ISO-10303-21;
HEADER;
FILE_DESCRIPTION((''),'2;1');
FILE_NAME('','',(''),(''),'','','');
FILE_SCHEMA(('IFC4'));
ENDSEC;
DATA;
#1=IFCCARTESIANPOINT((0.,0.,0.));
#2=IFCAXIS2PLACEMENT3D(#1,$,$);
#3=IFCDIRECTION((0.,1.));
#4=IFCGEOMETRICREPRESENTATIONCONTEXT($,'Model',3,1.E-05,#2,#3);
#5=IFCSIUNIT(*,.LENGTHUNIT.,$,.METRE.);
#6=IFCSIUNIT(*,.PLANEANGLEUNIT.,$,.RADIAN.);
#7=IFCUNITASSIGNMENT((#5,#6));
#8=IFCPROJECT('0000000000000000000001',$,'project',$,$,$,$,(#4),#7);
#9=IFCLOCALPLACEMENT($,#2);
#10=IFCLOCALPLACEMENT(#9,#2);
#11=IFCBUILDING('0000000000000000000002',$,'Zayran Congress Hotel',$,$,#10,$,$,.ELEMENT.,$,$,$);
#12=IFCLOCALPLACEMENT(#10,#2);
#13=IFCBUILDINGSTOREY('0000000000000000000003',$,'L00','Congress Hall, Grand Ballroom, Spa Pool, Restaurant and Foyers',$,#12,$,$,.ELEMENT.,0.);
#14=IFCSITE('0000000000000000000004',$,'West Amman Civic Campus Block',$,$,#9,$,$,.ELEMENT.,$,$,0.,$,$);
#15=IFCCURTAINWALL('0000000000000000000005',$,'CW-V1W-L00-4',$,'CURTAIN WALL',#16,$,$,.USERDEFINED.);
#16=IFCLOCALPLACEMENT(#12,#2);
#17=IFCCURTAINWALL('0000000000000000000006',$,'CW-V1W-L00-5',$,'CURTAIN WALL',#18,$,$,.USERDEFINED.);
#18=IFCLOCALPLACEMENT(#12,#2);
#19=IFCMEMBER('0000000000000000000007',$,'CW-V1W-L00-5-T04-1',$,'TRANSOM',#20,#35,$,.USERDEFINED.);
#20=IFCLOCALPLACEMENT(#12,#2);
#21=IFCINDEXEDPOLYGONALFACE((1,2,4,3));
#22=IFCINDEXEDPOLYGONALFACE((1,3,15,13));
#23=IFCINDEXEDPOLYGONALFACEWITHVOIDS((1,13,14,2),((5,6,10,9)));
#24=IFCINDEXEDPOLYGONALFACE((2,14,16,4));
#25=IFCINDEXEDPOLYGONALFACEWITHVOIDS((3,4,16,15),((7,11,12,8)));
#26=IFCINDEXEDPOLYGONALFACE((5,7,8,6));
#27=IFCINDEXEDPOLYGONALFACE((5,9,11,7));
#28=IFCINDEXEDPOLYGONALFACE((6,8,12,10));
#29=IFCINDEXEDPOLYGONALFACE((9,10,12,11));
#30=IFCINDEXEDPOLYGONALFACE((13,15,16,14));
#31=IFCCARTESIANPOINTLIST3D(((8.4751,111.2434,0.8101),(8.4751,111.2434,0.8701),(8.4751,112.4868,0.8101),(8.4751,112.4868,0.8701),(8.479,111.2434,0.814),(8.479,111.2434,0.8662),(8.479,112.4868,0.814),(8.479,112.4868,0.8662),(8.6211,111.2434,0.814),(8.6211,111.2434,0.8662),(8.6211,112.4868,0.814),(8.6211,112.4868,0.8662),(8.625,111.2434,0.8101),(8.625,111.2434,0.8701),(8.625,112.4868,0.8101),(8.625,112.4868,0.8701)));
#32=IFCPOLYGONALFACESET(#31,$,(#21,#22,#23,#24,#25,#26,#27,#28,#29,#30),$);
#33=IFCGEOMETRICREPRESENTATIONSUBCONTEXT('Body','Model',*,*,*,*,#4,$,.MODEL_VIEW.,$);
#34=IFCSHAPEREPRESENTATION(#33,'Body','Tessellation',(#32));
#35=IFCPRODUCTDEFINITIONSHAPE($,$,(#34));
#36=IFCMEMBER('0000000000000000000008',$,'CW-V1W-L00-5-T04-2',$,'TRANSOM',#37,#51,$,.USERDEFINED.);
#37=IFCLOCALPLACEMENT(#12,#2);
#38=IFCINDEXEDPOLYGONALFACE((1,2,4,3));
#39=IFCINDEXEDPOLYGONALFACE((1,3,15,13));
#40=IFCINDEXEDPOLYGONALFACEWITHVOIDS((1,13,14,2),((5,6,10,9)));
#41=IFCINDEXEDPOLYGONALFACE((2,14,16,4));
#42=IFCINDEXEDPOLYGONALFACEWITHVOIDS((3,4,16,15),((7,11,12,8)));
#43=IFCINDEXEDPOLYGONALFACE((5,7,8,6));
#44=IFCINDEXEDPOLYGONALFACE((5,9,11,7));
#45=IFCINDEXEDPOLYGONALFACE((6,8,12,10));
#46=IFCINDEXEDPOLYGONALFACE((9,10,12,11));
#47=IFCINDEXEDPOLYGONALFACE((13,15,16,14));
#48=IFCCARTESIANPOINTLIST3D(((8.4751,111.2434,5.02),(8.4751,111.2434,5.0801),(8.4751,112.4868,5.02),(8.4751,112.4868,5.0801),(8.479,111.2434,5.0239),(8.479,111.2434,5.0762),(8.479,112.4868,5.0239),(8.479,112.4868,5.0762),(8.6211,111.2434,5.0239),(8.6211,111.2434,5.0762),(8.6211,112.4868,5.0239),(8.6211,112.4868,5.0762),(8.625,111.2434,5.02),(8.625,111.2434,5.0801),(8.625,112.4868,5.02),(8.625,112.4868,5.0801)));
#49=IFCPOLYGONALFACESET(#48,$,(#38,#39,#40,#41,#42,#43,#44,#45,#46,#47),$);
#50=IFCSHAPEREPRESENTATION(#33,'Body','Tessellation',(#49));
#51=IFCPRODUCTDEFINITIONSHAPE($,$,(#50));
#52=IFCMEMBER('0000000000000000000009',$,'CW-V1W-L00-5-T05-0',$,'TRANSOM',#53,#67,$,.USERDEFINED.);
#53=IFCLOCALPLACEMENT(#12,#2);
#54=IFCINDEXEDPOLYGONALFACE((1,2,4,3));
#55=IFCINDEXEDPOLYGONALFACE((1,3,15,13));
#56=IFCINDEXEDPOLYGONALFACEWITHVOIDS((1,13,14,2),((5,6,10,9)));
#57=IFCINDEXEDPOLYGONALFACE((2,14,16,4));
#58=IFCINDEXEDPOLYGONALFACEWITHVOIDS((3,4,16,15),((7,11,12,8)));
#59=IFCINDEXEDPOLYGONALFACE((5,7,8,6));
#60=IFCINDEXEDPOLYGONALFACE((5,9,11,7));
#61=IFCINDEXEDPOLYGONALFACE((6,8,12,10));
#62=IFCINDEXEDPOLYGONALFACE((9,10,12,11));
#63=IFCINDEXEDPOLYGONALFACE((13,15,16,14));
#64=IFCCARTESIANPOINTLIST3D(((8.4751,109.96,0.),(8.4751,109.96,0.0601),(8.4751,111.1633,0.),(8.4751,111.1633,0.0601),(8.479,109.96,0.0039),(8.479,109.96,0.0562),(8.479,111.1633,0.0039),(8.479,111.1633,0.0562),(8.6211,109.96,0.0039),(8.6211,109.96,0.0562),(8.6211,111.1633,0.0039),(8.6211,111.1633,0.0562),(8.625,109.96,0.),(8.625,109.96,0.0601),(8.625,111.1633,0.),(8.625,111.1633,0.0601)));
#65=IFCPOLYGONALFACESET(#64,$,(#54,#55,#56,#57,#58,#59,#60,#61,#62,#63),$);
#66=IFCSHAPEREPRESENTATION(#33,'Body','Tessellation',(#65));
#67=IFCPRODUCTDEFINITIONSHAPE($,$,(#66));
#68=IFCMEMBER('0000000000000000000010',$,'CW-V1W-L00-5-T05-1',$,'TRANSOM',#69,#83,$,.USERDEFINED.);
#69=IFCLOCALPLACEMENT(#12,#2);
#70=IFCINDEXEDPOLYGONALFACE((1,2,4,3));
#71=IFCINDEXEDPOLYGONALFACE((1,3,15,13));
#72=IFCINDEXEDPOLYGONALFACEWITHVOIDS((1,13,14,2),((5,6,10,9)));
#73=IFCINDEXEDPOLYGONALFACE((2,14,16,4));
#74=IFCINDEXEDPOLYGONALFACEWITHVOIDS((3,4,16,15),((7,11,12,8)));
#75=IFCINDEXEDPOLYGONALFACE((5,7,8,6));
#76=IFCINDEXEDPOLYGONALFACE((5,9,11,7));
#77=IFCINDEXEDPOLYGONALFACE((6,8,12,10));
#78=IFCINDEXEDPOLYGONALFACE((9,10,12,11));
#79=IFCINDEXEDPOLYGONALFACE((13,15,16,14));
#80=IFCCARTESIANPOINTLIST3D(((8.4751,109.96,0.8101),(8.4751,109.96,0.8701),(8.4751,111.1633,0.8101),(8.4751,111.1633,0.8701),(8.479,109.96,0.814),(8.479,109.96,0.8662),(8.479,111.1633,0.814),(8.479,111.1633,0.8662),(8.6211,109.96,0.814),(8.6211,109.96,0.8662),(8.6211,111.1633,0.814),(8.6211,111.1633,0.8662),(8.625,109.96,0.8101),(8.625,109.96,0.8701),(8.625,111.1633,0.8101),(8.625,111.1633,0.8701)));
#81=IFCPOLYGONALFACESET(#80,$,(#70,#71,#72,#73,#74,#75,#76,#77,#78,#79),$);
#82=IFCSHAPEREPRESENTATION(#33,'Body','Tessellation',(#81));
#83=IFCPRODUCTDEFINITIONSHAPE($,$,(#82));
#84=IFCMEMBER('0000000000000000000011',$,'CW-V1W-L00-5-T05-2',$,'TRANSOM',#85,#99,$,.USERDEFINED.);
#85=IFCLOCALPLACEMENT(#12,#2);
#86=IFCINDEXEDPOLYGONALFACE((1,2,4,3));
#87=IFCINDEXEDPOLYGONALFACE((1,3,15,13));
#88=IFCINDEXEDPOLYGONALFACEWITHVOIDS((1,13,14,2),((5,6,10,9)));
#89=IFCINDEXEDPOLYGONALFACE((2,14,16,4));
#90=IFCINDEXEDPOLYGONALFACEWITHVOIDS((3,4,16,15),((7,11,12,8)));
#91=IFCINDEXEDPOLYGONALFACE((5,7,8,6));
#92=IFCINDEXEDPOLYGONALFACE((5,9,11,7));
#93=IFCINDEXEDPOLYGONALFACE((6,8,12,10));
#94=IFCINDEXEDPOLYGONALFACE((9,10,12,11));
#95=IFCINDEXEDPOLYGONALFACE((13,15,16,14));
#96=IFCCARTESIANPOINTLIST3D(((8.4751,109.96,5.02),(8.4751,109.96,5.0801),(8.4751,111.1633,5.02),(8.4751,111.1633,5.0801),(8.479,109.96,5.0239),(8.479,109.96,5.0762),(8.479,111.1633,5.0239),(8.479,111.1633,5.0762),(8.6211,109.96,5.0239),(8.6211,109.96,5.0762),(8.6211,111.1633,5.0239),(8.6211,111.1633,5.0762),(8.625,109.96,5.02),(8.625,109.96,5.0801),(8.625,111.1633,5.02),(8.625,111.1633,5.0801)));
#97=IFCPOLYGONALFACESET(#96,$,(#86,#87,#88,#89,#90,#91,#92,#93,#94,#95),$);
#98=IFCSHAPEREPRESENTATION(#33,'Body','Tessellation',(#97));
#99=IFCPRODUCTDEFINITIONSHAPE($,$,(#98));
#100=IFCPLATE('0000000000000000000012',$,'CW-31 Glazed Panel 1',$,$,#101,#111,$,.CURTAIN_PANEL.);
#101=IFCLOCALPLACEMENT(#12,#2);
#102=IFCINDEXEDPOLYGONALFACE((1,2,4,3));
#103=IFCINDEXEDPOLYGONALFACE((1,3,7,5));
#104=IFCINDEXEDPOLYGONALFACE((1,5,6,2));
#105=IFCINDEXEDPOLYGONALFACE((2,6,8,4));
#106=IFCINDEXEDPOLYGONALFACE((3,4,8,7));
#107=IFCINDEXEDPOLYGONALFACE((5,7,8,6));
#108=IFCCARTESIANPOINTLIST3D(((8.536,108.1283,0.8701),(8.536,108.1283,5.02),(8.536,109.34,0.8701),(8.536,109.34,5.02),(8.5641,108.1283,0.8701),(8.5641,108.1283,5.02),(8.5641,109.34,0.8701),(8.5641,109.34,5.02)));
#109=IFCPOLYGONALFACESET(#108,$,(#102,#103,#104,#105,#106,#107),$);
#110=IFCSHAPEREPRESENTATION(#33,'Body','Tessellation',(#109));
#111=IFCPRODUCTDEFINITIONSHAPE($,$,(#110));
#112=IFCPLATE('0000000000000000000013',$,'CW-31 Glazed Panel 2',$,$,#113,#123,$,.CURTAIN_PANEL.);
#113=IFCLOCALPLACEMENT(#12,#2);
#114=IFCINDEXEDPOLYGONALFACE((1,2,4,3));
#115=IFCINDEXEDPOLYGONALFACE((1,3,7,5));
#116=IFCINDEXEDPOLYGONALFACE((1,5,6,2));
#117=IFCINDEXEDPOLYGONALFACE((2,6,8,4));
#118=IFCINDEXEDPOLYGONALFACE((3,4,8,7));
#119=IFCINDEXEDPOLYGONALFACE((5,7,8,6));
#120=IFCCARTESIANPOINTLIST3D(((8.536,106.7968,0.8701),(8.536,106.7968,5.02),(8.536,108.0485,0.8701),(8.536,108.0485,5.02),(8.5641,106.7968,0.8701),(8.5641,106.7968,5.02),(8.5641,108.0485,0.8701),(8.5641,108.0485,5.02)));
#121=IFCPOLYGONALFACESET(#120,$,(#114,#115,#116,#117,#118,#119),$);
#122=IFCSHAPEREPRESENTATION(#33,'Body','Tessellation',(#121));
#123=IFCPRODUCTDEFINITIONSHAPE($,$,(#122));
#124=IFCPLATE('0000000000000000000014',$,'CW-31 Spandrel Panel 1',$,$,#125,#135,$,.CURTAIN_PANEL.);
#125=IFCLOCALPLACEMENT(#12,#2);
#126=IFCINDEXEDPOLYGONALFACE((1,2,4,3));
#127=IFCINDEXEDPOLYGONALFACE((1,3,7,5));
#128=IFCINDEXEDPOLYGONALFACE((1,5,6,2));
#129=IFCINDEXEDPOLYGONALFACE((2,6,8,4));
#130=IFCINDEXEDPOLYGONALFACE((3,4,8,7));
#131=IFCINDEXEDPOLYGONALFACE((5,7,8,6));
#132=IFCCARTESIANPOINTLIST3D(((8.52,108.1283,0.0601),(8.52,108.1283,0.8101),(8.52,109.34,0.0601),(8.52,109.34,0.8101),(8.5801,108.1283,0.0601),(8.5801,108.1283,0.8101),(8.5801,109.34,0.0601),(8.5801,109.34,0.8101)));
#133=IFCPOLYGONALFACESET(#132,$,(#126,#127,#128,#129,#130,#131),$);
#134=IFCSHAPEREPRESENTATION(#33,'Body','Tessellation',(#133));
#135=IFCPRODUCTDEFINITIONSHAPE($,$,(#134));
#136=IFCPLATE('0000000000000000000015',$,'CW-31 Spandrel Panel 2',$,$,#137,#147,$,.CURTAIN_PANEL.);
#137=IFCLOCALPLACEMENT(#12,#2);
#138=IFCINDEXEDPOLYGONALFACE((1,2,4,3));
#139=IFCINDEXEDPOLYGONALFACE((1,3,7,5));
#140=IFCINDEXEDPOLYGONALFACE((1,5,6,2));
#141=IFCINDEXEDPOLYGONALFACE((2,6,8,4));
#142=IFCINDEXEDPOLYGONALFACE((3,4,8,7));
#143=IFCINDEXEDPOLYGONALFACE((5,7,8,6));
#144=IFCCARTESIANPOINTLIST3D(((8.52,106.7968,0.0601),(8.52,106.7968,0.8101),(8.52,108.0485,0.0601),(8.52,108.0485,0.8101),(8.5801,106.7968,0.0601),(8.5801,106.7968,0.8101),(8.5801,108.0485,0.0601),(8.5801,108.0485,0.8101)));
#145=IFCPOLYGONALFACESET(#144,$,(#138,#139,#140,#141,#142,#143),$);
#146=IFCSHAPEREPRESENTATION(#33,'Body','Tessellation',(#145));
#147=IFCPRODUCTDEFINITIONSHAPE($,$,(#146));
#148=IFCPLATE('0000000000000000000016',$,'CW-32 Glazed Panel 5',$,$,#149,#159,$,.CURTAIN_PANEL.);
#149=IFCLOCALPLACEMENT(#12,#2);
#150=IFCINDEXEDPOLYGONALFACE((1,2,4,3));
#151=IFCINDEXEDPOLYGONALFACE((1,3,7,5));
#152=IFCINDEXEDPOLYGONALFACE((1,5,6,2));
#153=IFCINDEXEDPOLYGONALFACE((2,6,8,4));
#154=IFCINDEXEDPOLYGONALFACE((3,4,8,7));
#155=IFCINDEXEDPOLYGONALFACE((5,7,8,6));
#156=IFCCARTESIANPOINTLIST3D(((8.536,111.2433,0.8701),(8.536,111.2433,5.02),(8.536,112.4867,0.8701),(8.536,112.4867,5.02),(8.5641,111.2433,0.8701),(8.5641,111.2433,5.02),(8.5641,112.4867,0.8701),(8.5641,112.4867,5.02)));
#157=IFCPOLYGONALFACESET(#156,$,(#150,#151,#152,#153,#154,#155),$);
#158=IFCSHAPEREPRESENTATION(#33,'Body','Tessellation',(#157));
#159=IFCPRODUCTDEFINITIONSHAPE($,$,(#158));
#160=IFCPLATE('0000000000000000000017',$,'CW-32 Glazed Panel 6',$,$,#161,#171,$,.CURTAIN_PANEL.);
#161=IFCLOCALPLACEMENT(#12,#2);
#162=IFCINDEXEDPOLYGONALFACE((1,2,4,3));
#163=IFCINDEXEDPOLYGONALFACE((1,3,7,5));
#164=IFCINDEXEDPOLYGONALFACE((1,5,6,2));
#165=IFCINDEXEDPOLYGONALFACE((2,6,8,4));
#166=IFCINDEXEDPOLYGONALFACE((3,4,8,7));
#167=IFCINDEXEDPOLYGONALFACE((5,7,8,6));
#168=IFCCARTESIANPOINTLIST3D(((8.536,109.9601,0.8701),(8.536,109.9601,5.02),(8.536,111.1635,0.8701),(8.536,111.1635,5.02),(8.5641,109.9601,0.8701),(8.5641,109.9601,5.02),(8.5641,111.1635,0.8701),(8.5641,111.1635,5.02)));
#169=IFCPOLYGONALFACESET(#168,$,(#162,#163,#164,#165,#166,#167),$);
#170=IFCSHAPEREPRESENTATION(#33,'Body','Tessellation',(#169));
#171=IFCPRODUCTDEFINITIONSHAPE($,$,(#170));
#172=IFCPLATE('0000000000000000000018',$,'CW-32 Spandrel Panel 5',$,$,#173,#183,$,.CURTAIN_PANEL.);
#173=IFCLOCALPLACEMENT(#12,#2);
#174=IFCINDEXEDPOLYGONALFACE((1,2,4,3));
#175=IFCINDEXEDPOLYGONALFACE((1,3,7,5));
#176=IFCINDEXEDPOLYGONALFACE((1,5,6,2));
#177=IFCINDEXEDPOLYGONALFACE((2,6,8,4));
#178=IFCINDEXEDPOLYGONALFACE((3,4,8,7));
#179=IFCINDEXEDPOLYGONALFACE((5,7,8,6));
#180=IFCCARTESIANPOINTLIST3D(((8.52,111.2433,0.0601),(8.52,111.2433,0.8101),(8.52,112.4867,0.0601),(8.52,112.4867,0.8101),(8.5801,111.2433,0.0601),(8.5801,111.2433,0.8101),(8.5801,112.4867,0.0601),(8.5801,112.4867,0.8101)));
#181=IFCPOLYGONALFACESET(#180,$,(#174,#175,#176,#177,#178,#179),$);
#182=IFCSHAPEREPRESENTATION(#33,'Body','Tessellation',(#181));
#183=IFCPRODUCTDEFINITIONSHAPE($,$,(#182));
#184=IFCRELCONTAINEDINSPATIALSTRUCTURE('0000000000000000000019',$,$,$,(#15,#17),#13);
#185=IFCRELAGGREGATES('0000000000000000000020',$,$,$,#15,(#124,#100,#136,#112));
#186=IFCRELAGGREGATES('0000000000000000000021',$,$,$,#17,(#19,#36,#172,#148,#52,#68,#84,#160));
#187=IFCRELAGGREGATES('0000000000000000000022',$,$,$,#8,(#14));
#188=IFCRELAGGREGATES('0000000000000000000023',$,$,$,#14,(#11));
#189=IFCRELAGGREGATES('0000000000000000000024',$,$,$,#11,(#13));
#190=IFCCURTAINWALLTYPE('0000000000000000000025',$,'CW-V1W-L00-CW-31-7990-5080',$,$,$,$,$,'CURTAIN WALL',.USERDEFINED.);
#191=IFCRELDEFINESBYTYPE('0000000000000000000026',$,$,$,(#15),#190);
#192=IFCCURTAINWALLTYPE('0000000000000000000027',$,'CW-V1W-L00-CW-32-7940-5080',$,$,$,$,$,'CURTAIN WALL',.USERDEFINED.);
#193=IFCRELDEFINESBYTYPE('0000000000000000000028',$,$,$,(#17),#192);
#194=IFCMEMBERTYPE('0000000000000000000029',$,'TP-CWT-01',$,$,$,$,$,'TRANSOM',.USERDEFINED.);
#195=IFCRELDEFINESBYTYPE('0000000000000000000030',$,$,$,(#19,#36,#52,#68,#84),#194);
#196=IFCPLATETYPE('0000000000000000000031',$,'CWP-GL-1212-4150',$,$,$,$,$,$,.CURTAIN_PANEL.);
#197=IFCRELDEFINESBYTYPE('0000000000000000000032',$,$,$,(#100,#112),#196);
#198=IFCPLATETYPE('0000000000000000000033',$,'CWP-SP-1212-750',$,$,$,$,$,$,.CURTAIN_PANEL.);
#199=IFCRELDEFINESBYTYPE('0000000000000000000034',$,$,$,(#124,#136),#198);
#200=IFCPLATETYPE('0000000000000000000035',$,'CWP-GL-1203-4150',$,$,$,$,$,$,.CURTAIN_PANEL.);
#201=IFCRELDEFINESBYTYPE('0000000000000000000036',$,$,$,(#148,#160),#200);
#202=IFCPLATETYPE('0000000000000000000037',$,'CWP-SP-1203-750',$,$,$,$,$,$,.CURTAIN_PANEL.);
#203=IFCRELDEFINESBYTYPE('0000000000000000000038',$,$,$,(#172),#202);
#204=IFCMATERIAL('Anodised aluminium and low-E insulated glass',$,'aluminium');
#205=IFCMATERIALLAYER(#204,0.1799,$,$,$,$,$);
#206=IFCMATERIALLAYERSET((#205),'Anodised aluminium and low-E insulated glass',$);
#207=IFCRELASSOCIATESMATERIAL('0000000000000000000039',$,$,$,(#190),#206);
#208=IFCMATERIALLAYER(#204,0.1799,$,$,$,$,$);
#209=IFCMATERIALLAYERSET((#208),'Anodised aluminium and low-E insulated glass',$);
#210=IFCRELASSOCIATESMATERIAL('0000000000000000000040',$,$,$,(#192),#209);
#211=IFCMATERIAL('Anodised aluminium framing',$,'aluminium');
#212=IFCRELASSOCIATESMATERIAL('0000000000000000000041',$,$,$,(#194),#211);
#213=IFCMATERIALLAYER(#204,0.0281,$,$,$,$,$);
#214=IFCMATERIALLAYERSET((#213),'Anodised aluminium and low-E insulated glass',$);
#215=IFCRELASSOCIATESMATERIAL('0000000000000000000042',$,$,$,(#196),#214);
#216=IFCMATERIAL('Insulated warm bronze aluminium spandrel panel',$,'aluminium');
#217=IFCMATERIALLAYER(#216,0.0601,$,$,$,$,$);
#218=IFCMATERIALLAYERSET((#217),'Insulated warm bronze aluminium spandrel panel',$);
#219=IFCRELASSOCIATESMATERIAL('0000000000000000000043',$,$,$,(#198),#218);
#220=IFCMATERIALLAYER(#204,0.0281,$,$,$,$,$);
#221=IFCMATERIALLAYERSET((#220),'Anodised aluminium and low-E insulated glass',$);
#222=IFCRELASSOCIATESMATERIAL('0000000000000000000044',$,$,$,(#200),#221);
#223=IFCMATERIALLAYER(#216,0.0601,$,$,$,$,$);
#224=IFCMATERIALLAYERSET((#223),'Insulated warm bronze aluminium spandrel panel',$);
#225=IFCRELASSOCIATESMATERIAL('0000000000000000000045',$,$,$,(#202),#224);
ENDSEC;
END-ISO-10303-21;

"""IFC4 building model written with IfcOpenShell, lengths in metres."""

from ifc_helpers import new_model, si_unit, direction, frame, origin, origin_2d, place, context, subcontext, project, spatial, rectangle, hollow_rectangle, extrude, material, layer, layer_set, material_profile, profile_set, type_object, element, aggregate, save


model = new_model("IFC4")

# Units and contexts
model_context = context("Model", 3, precision=1e-05, world=origin(), true_north=direction((0.0, 1.0)))
body_context = subcontext(model_context, "Body", "Model", "MODEL_VIEW")
ifc_project = project(units=[si_unit("LENGTHUNIT", "METRE"), si_unit("PLANEANGLEUNIT", "RADIAN")], contexts=[model_context])

# Site, building, storey
site_placement = place(None, origin())
site = spatial("IfcSite", under=ifc_project, at=site_placement, Name="West Amman Civic Campus Block", CompositionType="ELEMENT", RefElevation=0.0)
building_placement = place(site_placement, origin())
building = spatial("IfcBuilding", under=site, at=building_placement, Name="Zayran Congress Hotel", CompositionType="ELEMENT")
storey_placement = place(building_placement, origin())
storey = spatial("IfcBuildingStorey", under=building, at=storey_placement, Name="L00", Description="Congress Hall, Grand Ballroom, Spa Pool, Restaurant and Foyers", CompositionType="ELEMENT", Elevation=0.0)

# Curtain walls
ifc_material_1 = material(Name="Anodised aluminium and low-E insulated glass", Category="aluminium")
ifc_layer_1 = layer(ifc_material_1, 0.1799)
ifc_layer_set_1 = layer_set([ifc_layer_1], Name="Anodised aluminium and low-E insulated glass")
curtain_wall_type_1 = type_object("IfcCurtainWallType", Name="CW-V1W-L00-CW-31-7990-5080", ElementType="CURTAIN WALL", PredefinedType="USERDEFINED", material=ifc_layer_set_1)
curtain_wall_1_placement = place(storey_placement, origin())
curtain_wall_1 = element("IfcCurtainWall", 1, at=curtain_wall_1_placement, inside=storey, type_object=curtain_wall_type_1, Name="CW-V1W-L00-4", ObjectType="CURTAIN WALL", PredefinedType="USERDEFINED")
ifc_material_2 = material(Name="Anodised aluminium framing", Category="aluminium")
ifc_layer_2 = layer(ifc_material_1, 0.1799)
ifc_layer_set_2 = layer_set([ifc_layer_2], Name="Anodised aluminium and low-E insulated glass")
curtain_wall_type_2 = type_object("IfcCurtainWallType", Name="CW-V1W-L00-CW-32-7940-5080", ElementType="CURTAIN WALL", PredefinedType="USERDEFINED", material=ifc_layer_set_2)
curtain_wall_2_placement = place(storey_placement, origin())
curtain_wall_2 = element("IfcCurtainWall", 2, at=curtain_wall_2_placement, inside=storey, type_object=curtain_wall_type_2, Name="CW-V1W-L00-5", ObjectType="CURTAIN WALL", PredefinedType="USERDEFINED")

# Members
ifc_material_profile_1 = material_profile(ifc_material_2, hollow_rectangle(XDim=0.0601, YDim=0.1499, WallThickness=0.0039, at=origin_2d()), Name="RHS 150x60x4")
ifc_profile_set_1 = profile_set([ifc_material_profile_1], Name="Anodised aluminium framing")
member_type_1 = type_object("IfcMemberType", Name="TP-CWT-01", ElementType="TRANSOM", PredefinedType="USERDEFINED", material=ifc_profile_set_1)
member_1_placement = place(storey_placement, frame((8.55, 112.4868, 0.8401), z_axis=(0.0, -1.0, 0.0), x_axis=(0.0, 0.0, 1.0)))
member_1 = element("IfcMember", 3, at=member_1_placement, type_object=member_type_1, Name="CW-V1W-L00-5-T04-1", ObjectType="TRANSOM", PredefinedType="USERDEFINED", context=body_context, shape_type="SweptSolid", body=[
    extrude(hollow_rectangle(XDim=0.0601, YDim=0.1499, WallThickness=0.0039, at=origin_2d()), origin(), (0.0, 0.0, 1.0), 1.2434),
])
member_2_placement = place(storey_placement, frame((8.55, 112.4868, 5.05), z_axis=(0.0, -1.0, 0.0), x_axis=(0.0, 0.0, 1.0)))
member_2 = element("IfcMember", 4, at=member_2_placement, type_object=member_type_1, Name="CW-V1W-L00-5-T04-2", ObjectType="TRANSOM", PredefinedType="USERDEFINED", context=body_context, shape_type="SweptSolid", body=[
    extrude(hollow_rectangle(XDim=0.0601, YDim=0.1499, WallThickness=0.0039, at=origin_2d()), origin(), (0.0, 0.0, 1.0), 1.2434),
])
member_3_placement = place(storey_placement, frame((8.55, 111.1633, 0.03), z_axis=(0.0, -1.0, 0.0), x_axis=(0.0, 0.0, 1.0)))
member_3 = element("IfcMember", 5, at=member_3_placement, type_object=member_type_1, Name="CW-V1W-L00-5-T05-0", ObjectType="TRANSOM", PredefinedType="USERDEFINED", context=body_context, shape_type="SweptSolid", body=[
    extrude(hollow_rectangle(XDim=0.0601, YDim=0.1499, WallThickness=0.0039, at=origin_2d()), origin(), (0.0, 0.0, 1.0), 1.2034),
])
member_4_placement = place(storey_placement, frame((8.55, 111.1633, 0.8401), z_axis=(0.0, -1.0, 0.0), x_axis=(0.0, 0.0, 1.0)))
member_4 = element("IfcMember", 6, at=member_4_placement, type_object=member_type_1, Name="CW-V1W-L00-5-T05-1", ObjectType="TRANSOM", PredefinedType="USERDEFINED", context=body_context, shape_type="SweptSolid", body=[
    extrude(hollow_rectangle(XDim=0.0601, YDim=0.1499, WallThickness=0.0039, at=origin_2d()), origin(), (0.0, 0.0, 1.0), 1.2034),
])
member_5_placement = place(storey_placement, frame((8.55, 111.1633, 5.05), z_axis=(0.0, -1.0, 0.0), x_axis=(0.0, 0.0, 1.0)))
member_5 = element("IfcMember", 7, at=member_5_placement, type_object=member_type_1, Name="CW-V1W-L00-5-T05-2", ObjectType="TRANSOM", PredefinedType="USERDEFINED", context=body_context, shape_type="SweptSolid", body=[
    extrude(hollow_rectangle(XDim=0.0601, YDim=0.1499, WallThickness=0.0039, at=origin_2d()), origin(), (0.0, 0.0, 1.0), 1.2034),
])

# Plates
ifc_layer_3 = layer(ifc_material_1, 0.0281)
ifc_layer_set_3 = layer_set([ifc_layer_3], Name="Anodised aluminium and low-E insulated glass")
plate_type_1 = type_object("IfcPlateType", Name="CWP-GL-1212-4150", PredefinedType="CURTAIN_PANEL", material=ifc_layer_set_3)
plate_1_placement = place(storey_placement, frame((8.55, 108.7341, 0.8701), z_axis=(0.0, 0.0, 1.0), x_axis=(0.0, 1.0, 0.0)))
plate_1 = element("IfcPlate", 8, at=plate_1_placement, type_object=plate_type_1, Name="CW-31 Glazed Panel 1", PredefinedType="CURTAIN_PANEL", context=body_context, shape_type="SweptSolid", body=[
    extrude(rectangle(XDim=1.2117, YDim=0.0281, at=origin_2d()), origin(), (0.0, 0.0, 1.0), 4.1499),
])
plate_2_placement = place(storey_placement, frame((8.55, 107.4226, 0.8701), z_axis=(0.0, 0.0, 1.0), x_axis=(0.0, 1.0, 0.0)))
plate_2 = element("IfcPlate", 9, at=plate_2_placement, type_object=plate_type_1, Name="CW-31 Glazed Panel 2", PredefinedType="CURTAIN_PANEL", context=body_context, shape_type="SweptSolid", body=[
    extrude(rectangle(XDim=1.2517, YDim=0.0281, at=origin_2d()), origin(), (0.0, 0.0, 1.0), 4.1499),
])
ifc_material_3 = material(Name="Insulated warm bronze aluminium spandrel panel", Category="aluminium")
ifc_layer_4 = layer(ifc_material_3, 0.0601)
ifc_layer_set_4 = layer_set([ifc_layer_4], Name="Insulated warm bronze aluminium spandrel panel")
plate_type_2 = type_object("IfcPlateType", Name="CWP-SP-1212-750", PredefinedType="CURTAIN_PANEL", material=ifc_layer_set_4)
plate_3_placement = place(storey_placement, frame((8.55, 108.7341, 0.0601), z_axis=(0.0, 0.0, 1.0), x_axis=(0.0, 1.0, 0.0)))
plate_3 = element("IfcPlate", 10, at=plate_3_placement, type_object=plate_type_2, Name="CW-31 Spandrel Panel 1", PredefinedType="CURTAIN_PANEL", context=body_context, shape_type="SweptSolid", body=[
    extrude(rectangle(XDim=1.2117, YDim=0.0601, at=origin_2d()), origin(), (0.0, 0.0, 1.0), 0.75),
])
plate_4_placement = place(storey_placement, frame((8.55, 107.4226, 0.0601), z_axis=(0.0, 0.0, 1.0), x_axis=(0.0, 1.0, 0.0)))
plate_4 = element("IfcPlate", 11, at=plate_4_placement, type_object=plate_type_2, Name="CW-31 Spandrel Panel 2", PredefinedType="CURTAIN_PANEL", context=body_context, shape_type="SweptSolid", body=[
    extrude(rectangle(XDim=1.2517, YDim=0.0601, at=origin_2d()), origin(), (0.0, 0.0, 1.0), 0.75),
])
aggregate(curtain_wall_1, [plate_3, plate_1, plate_4, plate_2])
ifc_layer_5 = layer(ifc_material_1, 0.0281)
ifc_layer_set_5 = layer_set([ifc_layer_5], Name="Anodised aluminium and low-E insulated glass")
plate_type_3 = type_object("IfcPlateType", Name="CWP-GL-1203-4150", PredefinedType="CURTAIN_PANEL", material=ifc_layer_set_5)
plate_5_placement = place(storey_placement, frame((8.55, 111.865, 0.8701), z_axis=(0.0, 0.0, 1.0), x_axis=(0.0, 1.0, 0.0)))
plate_5 = element("IfcPlate", 12, at=plate_5_placement, type_object=plate_type_3, Name="CW-32 Glazed Panel 5", PredefinedType="CURTAIN_PANEL", context=body_context, shape_type="SweptSolid", body=[
    extrude(rectangle(XDim=1.2434, YDim=0.0281, at=origin_2d()), origin(), (0.0, 0.0, 1.0), 4.1499),
])
plate_6_placement = place(storey_placement, frame((8.55, 110.5618, 0.8701), z_axis=(0.0, 0.0, 1.0), x_axis=(0.0, 1.0, 0.0)))
plate_6 = element("IfcPlate", 13, at=plate_6_placement, type_object=plate_type_3, Name="CW-32 Glazed Panel 6", PredefinedType="CURTAIN_PANEL", context=body_context, shape_type="SweptSolid", body=[
    extrude(rectangle(XDim=1.2034, YDim=0.0281, at=origin_2d()), origin(), (0.0, 0.0, 1.0), 4.1499),
])
ifc_layer_6 = layer(ifc_material_3, 0.0601)
ifc_layer_set_6 = layer_set([ifc_layer_6], Name="Insulated warm bronze aluminium spandrel panel")
plate_type_4 = type_object("IfcPlateType", Name="CWP-SP-1203-750", PredefinedType="CURTAIN_PANEL", material=ifc_layer_set_6)
plate_7_placement = place(storey_placement, frame((8.55, 111.865, 0.0601), z_axis=(0.0, 0.0, 1.0), x_axis=(0.0, 1.0, 0.0)))
plate_7 = element("IfcPlate", 14, at=plate_7_placement, type_object=plate_type_4, Name="CW-32 Spandrel Panel 5", PredefinedType="CURTAIN_PANEL", context=body_context, shape_type="SweptSolid", body=[
    extrude(rectangle(XDim=1.2434, YDim=0.0601, at=origin_2d()), origin(), (0.0, 0.0, 1.0), 0.75),
])
aggregate(curtain_wall_2, [member_1, member_2, plate_7, plate_5, member_3, member_4, member_5, plate_6])

save(model, "model.ifc")
